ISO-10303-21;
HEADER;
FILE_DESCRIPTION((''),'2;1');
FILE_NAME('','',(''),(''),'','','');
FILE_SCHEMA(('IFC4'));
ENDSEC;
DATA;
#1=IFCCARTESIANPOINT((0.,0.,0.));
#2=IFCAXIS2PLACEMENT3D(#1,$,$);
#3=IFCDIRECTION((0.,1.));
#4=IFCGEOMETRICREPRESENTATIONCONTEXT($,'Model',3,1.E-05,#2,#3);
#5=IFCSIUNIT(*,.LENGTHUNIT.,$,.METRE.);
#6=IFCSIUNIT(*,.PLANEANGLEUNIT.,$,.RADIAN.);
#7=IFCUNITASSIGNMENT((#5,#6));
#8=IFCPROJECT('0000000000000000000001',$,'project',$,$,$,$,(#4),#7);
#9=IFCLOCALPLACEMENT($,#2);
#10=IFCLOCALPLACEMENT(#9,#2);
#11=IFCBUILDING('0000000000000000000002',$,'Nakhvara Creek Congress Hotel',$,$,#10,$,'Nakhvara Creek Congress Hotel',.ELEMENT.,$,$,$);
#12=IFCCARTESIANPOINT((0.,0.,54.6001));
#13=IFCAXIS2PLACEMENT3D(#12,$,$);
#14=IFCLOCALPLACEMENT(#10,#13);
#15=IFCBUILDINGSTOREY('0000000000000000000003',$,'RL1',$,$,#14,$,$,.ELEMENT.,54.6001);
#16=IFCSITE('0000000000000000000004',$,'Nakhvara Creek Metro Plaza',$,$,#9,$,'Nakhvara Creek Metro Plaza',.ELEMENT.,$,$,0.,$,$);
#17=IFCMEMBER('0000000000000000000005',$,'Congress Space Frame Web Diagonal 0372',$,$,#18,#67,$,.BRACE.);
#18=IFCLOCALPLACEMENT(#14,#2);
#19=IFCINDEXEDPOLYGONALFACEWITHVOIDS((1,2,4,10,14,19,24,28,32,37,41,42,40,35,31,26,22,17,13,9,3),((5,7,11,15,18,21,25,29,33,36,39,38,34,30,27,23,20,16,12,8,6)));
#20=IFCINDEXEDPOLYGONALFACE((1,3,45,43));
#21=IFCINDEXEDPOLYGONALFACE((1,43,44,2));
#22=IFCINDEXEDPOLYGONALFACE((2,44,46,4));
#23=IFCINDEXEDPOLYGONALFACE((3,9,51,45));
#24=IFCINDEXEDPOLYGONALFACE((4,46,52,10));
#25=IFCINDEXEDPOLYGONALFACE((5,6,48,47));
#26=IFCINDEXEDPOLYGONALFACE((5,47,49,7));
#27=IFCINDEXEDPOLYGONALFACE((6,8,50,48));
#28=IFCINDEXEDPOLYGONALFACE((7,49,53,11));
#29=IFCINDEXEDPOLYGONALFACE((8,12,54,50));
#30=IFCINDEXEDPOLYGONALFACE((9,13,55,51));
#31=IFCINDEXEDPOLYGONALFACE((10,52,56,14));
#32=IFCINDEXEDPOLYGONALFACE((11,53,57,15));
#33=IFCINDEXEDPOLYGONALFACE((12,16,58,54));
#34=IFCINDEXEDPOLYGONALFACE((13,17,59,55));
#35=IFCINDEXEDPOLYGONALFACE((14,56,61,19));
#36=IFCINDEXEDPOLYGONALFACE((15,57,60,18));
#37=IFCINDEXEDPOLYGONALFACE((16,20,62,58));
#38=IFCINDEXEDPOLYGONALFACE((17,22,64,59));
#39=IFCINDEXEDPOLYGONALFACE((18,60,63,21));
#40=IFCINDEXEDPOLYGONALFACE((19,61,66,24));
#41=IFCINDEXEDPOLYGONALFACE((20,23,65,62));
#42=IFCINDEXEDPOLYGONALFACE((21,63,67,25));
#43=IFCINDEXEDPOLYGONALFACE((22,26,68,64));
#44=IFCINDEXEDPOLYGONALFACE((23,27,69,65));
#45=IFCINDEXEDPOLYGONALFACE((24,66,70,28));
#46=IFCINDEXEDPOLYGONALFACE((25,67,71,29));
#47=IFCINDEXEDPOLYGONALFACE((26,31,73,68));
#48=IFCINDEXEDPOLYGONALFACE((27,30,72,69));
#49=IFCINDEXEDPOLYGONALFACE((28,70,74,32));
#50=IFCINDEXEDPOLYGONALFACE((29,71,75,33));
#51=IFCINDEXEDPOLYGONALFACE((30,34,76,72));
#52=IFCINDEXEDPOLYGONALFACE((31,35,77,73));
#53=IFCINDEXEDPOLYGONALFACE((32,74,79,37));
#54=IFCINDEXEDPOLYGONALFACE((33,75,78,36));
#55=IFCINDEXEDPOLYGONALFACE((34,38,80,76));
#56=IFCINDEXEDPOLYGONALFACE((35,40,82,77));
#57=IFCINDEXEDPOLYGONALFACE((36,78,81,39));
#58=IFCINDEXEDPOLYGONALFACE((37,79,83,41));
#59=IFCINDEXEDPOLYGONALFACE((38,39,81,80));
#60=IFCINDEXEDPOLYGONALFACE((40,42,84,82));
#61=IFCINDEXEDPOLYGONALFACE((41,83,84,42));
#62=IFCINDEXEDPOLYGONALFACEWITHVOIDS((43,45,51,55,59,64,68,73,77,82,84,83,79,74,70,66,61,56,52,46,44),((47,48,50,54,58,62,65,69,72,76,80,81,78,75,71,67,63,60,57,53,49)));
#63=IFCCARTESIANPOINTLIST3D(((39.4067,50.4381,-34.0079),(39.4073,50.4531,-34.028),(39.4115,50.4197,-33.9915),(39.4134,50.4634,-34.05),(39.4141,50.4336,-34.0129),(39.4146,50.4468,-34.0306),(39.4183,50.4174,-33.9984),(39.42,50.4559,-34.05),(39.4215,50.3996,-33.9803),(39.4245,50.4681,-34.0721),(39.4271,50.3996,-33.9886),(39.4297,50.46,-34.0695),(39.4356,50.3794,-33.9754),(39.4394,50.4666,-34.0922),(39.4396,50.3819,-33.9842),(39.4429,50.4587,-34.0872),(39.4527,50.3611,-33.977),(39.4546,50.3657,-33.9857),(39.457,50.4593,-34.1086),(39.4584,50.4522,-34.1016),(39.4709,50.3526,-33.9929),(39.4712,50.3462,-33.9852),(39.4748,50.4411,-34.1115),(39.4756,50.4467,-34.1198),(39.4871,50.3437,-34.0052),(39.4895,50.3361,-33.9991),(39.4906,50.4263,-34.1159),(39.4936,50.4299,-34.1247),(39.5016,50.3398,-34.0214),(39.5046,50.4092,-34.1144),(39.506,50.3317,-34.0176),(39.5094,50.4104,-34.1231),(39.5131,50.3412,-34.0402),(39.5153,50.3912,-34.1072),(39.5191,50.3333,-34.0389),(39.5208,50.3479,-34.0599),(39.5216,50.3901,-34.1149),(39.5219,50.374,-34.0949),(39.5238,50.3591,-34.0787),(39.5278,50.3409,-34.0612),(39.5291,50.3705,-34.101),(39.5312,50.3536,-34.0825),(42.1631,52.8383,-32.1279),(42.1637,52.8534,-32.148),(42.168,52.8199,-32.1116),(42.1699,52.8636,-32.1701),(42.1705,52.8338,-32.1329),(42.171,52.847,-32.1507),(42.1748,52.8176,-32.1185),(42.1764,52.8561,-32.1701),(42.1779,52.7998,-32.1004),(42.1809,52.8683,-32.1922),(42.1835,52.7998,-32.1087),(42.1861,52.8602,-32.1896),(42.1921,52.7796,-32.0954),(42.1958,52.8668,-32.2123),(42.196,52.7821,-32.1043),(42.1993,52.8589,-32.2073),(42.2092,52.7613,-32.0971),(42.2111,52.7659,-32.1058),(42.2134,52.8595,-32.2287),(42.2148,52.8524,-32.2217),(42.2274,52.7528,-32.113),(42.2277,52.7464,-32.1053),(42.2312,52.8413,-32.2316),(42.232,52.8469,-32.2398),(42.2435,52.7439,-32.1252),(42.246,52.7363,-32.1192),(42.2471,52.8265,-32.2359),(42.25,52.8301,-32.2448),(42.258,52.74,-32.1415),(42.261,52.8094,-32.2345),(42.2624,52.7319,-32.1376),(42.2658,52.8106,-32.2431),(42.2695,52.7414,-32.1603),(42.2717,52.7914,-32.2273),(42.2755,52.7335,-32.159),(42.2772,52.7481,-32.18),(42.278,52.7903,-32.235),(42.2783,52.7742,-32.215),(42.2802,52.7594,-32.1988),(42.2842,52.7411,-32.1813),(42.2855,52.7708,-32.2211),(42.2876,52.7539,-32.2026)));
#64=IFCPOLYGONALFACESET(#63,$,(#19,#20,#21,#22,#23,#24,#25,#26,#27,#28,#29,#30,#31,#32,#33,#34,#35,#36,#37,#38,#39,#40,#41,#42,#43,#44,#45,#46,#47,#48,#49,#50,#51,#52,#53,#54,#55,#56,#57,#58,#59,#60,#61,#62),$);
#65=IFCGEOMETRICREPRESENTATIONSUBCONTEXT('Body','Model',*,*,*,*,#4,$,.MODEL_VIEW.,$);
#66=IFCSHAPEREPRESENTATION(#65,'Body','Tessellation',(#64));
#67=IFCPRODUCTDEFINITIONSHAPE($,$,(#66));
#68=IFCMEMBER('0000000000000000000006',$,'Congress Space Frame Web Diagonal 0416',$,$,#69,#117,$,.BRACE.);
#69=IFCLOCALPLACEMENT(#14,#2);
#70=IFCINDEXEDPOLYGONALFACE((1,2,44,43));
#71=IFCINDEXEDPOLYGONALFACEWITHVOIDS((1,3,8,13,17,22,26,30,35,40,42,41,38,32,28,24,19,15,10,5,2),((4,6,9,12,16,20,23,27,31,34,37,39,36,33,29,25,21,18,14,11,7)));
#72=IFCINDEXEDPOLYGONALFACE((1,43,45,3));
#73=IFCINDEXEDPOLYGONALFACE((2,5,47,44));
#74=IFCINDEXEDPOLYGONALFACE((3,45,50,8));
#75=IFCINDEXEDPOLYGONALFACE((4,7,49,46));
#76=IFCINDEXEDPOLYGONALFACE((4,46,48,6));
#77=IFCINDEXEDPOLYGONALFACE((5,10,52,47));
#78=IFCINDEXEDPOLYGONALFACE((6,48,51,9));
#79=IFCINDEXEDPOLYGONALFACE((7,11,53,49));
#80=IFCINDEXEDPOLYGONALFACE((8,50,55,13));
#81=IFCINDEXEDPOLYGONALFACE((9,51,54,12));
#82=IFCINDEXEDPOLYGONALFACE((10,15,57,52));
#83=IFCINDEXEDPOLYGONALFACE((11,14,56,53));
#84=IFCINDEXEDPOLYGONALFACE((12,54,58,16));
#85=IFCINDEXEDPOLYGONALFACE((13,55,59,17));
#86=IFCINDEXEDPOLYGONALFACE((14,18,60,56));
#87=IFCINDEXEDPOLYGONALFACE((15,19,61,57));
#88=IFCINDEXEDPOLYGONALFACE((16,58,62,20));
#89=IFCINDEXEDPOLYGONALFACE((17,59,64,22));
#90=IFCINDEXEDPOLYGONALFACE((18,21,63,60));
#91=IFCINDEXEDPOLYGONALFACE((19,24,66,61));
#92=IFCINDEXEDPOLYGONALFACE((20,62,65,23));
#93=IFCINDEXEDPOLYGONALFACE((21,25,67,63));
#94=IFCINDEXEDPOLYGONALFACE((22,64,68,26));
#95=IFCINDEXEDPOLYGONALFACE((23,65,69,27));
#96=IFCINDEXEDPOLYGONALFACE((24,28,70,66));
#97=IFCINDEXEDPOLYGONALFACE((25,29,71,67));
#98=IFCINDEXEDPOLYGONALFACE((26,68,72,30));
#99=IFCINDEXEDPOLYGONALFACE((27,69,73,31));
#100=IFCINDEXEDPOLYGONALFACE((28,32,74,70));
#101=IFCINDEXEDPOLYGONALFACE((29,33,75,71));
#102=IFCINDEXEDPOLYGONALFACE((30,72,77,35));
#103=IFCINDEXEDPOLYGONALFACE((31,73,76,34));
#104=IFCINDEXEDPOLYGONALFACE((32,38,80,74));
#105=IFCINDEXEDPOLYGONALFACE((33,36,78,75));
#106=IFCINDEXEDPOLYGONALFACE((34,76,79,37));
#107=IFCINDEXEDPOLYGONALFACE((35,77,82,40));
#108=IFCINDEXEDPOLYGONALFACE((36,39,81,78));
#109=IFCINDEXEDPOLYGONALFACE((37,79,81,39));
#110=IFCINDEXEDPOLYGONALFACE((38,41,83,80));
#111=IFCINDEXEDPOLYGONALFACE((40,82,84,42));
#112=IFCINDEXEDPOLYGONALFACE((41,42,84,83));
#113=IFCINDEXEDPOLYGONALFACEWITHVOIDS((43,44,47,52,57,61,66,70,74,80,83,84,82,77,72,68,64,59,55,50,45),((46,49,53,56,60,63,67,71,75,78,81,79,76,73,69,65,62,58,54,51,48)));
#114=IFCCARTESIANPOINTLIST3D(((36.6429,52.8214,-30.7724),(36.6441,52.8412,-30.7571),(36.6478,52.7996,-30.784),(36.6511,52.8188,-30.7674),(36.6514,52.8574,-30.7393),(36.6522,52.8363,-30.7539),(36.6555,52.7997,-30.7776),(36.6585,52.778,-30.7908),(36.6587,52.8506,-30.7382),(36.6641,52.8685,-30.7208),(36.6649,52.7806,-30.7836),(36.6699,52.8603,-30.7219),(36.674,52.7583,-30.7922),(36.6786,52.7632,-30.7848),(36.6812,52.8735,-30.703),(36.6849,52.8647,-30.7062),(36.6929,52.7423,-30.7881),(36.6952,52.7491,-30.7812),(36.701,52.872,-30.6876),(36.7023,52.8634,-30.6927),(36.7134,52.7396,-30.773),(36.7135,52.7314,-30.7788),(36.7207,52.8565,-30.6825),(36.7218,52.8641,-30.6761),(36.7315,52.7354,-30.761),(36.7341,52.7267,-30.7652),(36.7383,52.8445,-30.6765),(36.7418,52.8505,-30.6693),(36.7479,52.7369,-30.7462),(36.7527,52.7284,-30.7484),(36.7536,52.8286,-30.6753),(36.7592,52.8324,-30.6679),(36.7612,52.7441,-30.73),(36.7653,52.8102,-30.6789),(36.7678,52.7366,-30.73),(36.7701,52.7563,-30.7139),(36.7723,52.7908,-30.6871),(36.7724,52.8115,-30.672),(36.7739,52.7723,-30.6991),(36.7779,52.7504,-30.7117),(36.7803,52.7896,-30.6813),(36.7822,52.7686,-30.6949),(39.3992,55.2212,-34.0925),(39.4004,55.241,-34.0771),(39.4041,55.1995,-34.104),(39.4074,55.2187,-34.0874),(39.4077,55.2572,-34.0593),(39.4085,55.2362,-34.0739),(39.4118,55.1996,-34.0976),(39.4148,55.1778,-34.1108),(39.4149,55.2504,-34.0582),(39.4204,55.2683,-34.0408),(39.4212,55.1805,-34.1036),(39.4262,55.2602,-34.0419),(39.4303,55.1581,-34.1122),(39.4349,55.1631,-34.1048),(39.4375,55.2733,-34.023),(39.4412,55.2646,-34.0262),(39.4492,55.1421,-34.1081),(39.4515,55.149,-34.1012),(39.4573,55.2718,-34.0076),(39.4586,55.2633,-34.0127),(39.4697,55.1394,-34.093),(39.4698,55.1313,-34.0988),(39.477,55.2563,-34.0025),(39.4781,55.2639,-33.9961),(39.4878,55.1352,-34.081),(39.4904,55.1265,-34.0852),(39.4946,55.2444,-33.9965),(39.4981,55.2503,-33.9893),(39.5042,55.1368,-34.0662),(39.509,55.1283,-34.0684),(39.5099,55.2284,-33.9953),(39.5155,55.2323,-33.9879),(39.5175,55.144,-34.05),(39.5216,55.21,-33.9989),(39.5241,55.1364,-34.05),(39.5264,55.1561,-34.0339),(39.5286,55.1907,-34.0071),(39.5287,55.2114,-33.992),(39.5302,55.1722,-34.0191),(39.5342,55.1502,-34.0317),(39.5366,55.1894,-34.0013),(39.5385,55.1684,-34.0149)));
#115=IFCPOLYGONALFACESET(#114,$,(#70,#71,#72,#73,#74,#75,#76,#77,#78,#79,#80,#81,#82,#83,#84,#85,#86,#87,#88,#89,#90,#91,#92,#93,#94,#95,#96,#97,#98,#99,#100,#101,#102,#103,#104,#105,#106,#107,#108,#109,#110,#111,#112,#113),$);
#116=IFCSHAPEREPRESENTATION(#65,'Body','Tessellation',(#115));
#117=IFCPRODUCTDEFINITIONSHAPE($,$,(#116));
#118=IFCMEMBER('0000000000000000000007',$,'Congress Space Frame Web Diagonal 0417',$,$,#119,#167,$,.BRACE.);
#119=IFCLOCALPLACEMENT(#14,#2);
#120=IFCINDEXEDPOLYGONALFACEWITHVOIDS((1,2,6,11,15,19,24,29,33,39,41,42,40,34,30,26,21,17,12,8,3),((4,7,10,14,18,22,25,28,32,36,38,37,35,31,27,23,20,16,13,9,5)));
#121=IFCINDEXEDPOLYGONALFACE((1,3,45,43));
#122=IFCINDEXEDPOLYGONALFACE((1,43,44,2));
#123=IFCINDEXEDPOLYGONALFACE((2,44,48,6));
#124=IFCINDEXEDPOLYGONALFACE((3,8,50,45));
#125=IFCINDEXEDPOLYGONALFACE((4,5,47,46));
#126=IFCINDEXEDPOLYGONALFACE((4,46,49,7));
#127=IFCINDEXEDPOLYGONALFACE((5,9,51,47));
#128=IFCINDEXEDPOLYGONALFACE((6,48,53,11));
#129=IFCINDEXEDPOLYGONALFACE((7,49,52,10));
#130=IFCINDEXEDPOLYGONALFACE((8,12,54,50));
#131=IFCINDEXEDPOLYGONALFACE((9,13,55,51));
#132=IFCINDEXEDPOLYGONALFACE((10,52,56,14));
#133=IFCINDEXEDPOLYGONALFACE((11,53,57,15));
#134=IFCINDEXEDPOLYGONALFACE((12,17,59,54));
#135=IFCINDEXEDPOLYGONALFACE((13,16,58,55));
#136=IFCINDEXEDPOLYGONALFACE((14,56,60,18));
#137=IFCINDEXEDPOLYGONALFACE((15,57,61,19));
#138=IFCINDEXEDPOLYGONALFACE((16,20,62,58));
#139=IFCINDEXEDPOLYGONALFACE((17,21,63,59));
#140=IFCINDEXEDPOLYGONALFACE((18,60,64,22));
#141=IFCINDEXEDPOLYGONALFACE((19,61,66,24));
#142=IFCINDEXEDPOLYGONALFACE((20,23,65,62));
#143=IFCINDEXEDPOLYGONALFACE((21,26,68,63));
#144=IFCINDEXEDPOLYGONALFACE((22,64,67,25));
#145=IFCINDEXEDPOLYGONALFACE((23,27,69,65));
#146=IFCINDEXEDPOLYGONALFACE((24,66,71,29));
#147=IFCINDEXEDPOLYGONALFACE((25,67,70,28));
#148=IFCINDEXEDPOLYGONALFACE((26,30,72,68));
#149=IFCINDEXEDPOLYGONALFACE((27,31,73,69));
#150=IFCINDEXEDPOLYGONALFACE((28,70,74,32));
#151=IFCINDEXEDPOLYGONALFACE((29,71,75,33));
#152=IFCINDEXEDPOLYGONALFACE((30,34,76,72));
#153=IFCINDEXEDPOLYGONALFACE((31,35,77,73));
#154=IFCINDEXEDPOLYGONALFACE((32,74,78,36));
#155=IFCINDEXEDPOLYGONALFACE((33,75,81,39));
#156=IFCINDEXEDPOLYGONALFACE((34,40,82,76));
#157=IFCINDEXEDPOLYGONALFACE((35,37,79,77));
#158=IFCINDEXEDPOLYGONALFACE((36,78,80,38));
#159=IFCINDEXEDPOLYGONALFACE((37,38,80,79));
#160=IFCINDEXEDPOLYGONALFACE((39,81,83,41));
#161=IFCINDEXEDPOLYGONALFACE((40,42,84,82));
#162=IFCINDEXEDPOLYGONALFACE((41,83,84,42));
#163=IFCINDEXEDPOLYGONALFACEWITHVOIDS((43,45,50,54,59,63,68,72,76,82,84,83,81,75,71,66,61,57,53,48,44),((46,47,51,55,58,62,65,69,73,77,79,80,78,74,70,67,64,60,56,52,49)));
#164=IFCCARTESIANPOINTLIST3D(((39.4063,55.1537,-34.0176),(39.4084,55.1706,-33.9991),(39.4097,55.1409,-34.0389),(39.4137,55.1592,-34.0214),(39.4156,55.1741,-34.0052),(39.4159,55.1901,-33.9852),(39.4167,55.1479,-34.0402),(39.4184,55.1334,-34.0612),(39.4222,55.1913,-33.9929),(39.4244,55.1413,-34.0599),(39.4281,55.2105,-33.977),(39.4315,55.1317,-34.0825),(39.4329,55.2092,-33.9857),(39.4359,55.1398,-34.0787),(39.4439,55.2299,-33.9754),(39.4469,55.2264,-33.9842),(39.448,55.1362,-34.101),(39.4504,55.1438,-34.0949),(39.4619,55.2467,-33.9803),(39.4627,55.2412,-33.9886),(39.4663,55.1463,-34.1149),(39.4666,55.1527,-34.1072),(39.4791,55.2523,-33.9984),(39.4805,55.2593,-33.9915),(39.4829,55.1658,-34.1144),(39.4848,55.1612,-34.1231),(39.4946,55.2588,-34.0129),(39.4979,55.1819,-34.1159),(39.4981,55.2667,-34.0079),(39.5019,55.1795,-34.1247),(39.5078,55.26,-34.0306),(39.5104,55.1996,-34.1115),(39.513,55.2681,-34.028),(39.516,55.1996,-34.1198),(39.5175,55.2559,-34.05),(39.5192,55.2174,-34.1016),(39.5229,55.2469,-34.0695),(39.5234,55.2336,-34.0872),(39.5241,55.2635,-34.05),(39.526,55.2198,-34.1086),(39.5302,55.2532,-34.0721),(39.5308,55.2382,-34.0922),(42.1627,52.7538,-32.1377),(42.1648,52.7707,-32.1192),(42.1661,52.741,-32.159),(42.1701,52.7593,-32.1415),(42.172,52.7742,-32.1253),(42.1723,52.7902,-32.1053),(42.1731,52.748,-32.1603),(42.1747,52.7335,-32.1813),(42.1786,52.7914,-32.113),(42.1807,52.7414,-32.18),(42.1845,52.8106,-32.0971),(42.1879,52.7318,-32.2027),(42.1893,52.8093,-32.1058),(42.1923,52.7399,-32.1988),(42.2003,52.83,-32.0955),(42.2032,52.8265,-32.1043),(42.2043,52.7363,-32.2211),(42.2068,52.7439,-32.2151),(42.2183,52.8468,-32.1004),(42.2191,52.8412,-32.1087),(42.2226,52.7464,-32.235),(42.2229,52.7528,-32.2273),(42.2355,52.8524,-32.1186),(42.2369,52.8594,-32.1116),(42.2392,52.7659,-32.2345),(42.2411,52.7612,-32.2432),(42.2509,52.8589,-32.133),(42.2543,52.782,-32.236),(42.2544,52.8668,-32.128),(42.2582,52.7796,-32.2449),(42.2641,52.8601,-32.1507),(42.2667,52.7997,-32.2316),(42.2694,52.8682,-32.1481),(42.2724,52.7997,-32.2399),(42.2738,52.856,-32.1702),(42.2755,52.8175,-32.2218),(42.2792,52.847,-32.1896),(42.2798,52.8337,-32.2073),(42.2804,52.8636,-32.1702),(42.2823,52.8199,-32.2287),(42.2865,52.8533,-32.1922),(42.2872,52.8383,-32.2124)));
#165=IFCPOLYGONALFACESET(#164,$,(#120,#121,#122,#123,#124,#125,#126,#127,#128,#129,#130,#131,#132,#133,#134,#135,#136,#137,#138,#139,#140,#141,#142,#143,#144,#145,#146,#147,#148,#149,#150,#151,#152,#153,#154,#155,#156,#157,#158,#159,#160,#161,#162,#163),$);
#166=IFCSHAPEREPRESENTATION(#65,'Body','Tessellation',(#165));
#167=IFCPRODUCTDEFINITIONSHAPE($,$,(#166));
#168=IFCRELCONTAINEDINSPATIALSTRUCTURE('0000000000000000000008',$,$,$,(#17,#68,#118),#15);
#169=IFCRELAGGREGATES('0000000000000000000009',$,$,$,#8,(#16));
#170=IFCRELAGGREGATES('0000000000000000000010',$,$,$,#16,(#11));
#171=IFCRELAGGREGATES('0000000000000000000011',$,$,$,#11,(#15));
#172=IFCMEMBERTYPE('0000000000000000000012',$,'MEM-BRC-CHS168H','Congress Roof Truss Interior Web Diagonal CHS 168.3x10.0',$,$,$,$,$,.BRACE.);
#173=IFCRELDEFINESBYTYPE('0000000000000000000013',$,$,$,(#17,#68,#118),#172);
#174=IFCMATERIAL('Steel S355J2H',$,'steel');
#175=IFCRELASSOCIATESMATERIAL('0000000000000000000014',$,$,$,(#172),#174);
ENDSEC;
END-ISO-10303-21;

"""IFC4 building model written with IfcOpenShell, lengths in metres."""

from ifc_helpers import new_model, si_unit, direction, frame, origin, origin_2d, place, context, subcontext, project, spatial, hollow_circle, extrude, material, material_profile, profile_set, type_object, element, save


model = new_model("IFC4")

# Units and contexts
model_context = context("Model", 3, precision=1e-05, world=origin(), true_north=direction((0.0, 1.0)))
body_context = subcontext(model_context, "Body", "Model", "MODEL_VIEW")
ifc_project = project(units=[si_unit("LENGTHUNIT", "METRE"), si_unit("PLANEANGLEUNIT", "RADIAN")], contexts=[model_context])

# Site, building, storey
site_placement = place(None, origin())
site = spatial("IfcSite", under=ifc_project, at=site_placement, Name="Nakhvara Creek Metro Plaza", LongName="Nakhvara Creek Metro Plaza", CompositionType="ELEMENT", RefElevation=0.0)
building_placement = place(site_placement, origin())
building = spatial("IfcBuilding", under=site, at=building_placement, Name="Nakhvara Creek Congress Hotel", LongName="Nakhvara Creek Congress Hotel", CompositionType="ELEMENT")
storey_placement = place(building_placement, frame((0.0, 0.0, 54.6001)))
storey = spatial("IfcBuildingStorey", under=building, at=storey_placement, Name="RL1", CompositionType="ELEMENT", Elevation=54.6001)

# Members
ifc_material_1 = material(Name="Steel S355J2H", Category="steel")
ifc_material_profile_1 = material_profile(ifc_material_1, hollow_circle(Radius=0.0842, WallThickness=0.01, at=origin_2d()), Name="CHS 168.3x10.0", Category="LoadBearing")
ifc_profile_set_1 = profile_set([ifc_material_profile_1], Name="Steel S355J2H")
member_type_1 = type_object("IfcMemberType", Name="MEM-BRC-CHS168H", Description="Congress Roof Truss Interior Web Diagonal CHS 168.3x10.0", PredefinedType="BRACE", material=ifc_profile_set_1)
member_1_placement = place(storey_placement, frame((39.4688, 50.3999, -34.05), z_axis=(0.670644, 0.583977, 0.457392), x_axis=(-0.656696, 0.754155, 0.0)))
element("IfcMember", 1, at=member_1_placement, inside=storey, type_object=member_type_1, Name="Congress Space Frame Web Diagonal 0372", PredefinedType="BRACE", context=body_context, shape_type="SweptSolid", body=[
    extrude(hollow_circle(Radius=0.0842, WallThickness=0.01, at=origin_2d()), origin(), (0.0, 0.0, 1.0), 4.1101),
])
member_2_placement = place(storey_placement, frame((39.4688, 55.2, -34.05), z_axis=(-0.558237, -0.486047, 0.672406), x_axis=(0.656658, -0.754188, 0.0)))
element("IfcMember", 2, at=member_2_placement, inside=storey, type_object=member_type_1, Name="Congress Space Frame Web Diagonal 0416", PredefinedType="BRACE", context=body_context, shape_type="SweptSolid", body=[
    extrude(hollow_circle(Radius=0.0842, WallThickness=0.01, at=origin_2d()), origin(), (0.0, 0.0, 1.0), 4.9375),
])
member_3_placement = place(storey_placement, frame((39.4688, 55.2, -34.05), z_axis=(0.670667, -0.583938, 0.457408), x_axis=(0.656658, 0.754188, 0.0)))
element("IfcMember", 3, at=member_3_placement, inside=storey, type_object=member_type_1, Name="Congress Space Frame Web Diagonal 0417", PredefinedType="BRACE", context=body_context, shape_type="SweptSolid", body=[
    extrude(hollow_circle(Radius=0.0842, WallThickness=0.01, at=origin_2d()), origin(), (0.0, 0.0, 1.0), 4.1099),
])

save(model, "model.ifc")
